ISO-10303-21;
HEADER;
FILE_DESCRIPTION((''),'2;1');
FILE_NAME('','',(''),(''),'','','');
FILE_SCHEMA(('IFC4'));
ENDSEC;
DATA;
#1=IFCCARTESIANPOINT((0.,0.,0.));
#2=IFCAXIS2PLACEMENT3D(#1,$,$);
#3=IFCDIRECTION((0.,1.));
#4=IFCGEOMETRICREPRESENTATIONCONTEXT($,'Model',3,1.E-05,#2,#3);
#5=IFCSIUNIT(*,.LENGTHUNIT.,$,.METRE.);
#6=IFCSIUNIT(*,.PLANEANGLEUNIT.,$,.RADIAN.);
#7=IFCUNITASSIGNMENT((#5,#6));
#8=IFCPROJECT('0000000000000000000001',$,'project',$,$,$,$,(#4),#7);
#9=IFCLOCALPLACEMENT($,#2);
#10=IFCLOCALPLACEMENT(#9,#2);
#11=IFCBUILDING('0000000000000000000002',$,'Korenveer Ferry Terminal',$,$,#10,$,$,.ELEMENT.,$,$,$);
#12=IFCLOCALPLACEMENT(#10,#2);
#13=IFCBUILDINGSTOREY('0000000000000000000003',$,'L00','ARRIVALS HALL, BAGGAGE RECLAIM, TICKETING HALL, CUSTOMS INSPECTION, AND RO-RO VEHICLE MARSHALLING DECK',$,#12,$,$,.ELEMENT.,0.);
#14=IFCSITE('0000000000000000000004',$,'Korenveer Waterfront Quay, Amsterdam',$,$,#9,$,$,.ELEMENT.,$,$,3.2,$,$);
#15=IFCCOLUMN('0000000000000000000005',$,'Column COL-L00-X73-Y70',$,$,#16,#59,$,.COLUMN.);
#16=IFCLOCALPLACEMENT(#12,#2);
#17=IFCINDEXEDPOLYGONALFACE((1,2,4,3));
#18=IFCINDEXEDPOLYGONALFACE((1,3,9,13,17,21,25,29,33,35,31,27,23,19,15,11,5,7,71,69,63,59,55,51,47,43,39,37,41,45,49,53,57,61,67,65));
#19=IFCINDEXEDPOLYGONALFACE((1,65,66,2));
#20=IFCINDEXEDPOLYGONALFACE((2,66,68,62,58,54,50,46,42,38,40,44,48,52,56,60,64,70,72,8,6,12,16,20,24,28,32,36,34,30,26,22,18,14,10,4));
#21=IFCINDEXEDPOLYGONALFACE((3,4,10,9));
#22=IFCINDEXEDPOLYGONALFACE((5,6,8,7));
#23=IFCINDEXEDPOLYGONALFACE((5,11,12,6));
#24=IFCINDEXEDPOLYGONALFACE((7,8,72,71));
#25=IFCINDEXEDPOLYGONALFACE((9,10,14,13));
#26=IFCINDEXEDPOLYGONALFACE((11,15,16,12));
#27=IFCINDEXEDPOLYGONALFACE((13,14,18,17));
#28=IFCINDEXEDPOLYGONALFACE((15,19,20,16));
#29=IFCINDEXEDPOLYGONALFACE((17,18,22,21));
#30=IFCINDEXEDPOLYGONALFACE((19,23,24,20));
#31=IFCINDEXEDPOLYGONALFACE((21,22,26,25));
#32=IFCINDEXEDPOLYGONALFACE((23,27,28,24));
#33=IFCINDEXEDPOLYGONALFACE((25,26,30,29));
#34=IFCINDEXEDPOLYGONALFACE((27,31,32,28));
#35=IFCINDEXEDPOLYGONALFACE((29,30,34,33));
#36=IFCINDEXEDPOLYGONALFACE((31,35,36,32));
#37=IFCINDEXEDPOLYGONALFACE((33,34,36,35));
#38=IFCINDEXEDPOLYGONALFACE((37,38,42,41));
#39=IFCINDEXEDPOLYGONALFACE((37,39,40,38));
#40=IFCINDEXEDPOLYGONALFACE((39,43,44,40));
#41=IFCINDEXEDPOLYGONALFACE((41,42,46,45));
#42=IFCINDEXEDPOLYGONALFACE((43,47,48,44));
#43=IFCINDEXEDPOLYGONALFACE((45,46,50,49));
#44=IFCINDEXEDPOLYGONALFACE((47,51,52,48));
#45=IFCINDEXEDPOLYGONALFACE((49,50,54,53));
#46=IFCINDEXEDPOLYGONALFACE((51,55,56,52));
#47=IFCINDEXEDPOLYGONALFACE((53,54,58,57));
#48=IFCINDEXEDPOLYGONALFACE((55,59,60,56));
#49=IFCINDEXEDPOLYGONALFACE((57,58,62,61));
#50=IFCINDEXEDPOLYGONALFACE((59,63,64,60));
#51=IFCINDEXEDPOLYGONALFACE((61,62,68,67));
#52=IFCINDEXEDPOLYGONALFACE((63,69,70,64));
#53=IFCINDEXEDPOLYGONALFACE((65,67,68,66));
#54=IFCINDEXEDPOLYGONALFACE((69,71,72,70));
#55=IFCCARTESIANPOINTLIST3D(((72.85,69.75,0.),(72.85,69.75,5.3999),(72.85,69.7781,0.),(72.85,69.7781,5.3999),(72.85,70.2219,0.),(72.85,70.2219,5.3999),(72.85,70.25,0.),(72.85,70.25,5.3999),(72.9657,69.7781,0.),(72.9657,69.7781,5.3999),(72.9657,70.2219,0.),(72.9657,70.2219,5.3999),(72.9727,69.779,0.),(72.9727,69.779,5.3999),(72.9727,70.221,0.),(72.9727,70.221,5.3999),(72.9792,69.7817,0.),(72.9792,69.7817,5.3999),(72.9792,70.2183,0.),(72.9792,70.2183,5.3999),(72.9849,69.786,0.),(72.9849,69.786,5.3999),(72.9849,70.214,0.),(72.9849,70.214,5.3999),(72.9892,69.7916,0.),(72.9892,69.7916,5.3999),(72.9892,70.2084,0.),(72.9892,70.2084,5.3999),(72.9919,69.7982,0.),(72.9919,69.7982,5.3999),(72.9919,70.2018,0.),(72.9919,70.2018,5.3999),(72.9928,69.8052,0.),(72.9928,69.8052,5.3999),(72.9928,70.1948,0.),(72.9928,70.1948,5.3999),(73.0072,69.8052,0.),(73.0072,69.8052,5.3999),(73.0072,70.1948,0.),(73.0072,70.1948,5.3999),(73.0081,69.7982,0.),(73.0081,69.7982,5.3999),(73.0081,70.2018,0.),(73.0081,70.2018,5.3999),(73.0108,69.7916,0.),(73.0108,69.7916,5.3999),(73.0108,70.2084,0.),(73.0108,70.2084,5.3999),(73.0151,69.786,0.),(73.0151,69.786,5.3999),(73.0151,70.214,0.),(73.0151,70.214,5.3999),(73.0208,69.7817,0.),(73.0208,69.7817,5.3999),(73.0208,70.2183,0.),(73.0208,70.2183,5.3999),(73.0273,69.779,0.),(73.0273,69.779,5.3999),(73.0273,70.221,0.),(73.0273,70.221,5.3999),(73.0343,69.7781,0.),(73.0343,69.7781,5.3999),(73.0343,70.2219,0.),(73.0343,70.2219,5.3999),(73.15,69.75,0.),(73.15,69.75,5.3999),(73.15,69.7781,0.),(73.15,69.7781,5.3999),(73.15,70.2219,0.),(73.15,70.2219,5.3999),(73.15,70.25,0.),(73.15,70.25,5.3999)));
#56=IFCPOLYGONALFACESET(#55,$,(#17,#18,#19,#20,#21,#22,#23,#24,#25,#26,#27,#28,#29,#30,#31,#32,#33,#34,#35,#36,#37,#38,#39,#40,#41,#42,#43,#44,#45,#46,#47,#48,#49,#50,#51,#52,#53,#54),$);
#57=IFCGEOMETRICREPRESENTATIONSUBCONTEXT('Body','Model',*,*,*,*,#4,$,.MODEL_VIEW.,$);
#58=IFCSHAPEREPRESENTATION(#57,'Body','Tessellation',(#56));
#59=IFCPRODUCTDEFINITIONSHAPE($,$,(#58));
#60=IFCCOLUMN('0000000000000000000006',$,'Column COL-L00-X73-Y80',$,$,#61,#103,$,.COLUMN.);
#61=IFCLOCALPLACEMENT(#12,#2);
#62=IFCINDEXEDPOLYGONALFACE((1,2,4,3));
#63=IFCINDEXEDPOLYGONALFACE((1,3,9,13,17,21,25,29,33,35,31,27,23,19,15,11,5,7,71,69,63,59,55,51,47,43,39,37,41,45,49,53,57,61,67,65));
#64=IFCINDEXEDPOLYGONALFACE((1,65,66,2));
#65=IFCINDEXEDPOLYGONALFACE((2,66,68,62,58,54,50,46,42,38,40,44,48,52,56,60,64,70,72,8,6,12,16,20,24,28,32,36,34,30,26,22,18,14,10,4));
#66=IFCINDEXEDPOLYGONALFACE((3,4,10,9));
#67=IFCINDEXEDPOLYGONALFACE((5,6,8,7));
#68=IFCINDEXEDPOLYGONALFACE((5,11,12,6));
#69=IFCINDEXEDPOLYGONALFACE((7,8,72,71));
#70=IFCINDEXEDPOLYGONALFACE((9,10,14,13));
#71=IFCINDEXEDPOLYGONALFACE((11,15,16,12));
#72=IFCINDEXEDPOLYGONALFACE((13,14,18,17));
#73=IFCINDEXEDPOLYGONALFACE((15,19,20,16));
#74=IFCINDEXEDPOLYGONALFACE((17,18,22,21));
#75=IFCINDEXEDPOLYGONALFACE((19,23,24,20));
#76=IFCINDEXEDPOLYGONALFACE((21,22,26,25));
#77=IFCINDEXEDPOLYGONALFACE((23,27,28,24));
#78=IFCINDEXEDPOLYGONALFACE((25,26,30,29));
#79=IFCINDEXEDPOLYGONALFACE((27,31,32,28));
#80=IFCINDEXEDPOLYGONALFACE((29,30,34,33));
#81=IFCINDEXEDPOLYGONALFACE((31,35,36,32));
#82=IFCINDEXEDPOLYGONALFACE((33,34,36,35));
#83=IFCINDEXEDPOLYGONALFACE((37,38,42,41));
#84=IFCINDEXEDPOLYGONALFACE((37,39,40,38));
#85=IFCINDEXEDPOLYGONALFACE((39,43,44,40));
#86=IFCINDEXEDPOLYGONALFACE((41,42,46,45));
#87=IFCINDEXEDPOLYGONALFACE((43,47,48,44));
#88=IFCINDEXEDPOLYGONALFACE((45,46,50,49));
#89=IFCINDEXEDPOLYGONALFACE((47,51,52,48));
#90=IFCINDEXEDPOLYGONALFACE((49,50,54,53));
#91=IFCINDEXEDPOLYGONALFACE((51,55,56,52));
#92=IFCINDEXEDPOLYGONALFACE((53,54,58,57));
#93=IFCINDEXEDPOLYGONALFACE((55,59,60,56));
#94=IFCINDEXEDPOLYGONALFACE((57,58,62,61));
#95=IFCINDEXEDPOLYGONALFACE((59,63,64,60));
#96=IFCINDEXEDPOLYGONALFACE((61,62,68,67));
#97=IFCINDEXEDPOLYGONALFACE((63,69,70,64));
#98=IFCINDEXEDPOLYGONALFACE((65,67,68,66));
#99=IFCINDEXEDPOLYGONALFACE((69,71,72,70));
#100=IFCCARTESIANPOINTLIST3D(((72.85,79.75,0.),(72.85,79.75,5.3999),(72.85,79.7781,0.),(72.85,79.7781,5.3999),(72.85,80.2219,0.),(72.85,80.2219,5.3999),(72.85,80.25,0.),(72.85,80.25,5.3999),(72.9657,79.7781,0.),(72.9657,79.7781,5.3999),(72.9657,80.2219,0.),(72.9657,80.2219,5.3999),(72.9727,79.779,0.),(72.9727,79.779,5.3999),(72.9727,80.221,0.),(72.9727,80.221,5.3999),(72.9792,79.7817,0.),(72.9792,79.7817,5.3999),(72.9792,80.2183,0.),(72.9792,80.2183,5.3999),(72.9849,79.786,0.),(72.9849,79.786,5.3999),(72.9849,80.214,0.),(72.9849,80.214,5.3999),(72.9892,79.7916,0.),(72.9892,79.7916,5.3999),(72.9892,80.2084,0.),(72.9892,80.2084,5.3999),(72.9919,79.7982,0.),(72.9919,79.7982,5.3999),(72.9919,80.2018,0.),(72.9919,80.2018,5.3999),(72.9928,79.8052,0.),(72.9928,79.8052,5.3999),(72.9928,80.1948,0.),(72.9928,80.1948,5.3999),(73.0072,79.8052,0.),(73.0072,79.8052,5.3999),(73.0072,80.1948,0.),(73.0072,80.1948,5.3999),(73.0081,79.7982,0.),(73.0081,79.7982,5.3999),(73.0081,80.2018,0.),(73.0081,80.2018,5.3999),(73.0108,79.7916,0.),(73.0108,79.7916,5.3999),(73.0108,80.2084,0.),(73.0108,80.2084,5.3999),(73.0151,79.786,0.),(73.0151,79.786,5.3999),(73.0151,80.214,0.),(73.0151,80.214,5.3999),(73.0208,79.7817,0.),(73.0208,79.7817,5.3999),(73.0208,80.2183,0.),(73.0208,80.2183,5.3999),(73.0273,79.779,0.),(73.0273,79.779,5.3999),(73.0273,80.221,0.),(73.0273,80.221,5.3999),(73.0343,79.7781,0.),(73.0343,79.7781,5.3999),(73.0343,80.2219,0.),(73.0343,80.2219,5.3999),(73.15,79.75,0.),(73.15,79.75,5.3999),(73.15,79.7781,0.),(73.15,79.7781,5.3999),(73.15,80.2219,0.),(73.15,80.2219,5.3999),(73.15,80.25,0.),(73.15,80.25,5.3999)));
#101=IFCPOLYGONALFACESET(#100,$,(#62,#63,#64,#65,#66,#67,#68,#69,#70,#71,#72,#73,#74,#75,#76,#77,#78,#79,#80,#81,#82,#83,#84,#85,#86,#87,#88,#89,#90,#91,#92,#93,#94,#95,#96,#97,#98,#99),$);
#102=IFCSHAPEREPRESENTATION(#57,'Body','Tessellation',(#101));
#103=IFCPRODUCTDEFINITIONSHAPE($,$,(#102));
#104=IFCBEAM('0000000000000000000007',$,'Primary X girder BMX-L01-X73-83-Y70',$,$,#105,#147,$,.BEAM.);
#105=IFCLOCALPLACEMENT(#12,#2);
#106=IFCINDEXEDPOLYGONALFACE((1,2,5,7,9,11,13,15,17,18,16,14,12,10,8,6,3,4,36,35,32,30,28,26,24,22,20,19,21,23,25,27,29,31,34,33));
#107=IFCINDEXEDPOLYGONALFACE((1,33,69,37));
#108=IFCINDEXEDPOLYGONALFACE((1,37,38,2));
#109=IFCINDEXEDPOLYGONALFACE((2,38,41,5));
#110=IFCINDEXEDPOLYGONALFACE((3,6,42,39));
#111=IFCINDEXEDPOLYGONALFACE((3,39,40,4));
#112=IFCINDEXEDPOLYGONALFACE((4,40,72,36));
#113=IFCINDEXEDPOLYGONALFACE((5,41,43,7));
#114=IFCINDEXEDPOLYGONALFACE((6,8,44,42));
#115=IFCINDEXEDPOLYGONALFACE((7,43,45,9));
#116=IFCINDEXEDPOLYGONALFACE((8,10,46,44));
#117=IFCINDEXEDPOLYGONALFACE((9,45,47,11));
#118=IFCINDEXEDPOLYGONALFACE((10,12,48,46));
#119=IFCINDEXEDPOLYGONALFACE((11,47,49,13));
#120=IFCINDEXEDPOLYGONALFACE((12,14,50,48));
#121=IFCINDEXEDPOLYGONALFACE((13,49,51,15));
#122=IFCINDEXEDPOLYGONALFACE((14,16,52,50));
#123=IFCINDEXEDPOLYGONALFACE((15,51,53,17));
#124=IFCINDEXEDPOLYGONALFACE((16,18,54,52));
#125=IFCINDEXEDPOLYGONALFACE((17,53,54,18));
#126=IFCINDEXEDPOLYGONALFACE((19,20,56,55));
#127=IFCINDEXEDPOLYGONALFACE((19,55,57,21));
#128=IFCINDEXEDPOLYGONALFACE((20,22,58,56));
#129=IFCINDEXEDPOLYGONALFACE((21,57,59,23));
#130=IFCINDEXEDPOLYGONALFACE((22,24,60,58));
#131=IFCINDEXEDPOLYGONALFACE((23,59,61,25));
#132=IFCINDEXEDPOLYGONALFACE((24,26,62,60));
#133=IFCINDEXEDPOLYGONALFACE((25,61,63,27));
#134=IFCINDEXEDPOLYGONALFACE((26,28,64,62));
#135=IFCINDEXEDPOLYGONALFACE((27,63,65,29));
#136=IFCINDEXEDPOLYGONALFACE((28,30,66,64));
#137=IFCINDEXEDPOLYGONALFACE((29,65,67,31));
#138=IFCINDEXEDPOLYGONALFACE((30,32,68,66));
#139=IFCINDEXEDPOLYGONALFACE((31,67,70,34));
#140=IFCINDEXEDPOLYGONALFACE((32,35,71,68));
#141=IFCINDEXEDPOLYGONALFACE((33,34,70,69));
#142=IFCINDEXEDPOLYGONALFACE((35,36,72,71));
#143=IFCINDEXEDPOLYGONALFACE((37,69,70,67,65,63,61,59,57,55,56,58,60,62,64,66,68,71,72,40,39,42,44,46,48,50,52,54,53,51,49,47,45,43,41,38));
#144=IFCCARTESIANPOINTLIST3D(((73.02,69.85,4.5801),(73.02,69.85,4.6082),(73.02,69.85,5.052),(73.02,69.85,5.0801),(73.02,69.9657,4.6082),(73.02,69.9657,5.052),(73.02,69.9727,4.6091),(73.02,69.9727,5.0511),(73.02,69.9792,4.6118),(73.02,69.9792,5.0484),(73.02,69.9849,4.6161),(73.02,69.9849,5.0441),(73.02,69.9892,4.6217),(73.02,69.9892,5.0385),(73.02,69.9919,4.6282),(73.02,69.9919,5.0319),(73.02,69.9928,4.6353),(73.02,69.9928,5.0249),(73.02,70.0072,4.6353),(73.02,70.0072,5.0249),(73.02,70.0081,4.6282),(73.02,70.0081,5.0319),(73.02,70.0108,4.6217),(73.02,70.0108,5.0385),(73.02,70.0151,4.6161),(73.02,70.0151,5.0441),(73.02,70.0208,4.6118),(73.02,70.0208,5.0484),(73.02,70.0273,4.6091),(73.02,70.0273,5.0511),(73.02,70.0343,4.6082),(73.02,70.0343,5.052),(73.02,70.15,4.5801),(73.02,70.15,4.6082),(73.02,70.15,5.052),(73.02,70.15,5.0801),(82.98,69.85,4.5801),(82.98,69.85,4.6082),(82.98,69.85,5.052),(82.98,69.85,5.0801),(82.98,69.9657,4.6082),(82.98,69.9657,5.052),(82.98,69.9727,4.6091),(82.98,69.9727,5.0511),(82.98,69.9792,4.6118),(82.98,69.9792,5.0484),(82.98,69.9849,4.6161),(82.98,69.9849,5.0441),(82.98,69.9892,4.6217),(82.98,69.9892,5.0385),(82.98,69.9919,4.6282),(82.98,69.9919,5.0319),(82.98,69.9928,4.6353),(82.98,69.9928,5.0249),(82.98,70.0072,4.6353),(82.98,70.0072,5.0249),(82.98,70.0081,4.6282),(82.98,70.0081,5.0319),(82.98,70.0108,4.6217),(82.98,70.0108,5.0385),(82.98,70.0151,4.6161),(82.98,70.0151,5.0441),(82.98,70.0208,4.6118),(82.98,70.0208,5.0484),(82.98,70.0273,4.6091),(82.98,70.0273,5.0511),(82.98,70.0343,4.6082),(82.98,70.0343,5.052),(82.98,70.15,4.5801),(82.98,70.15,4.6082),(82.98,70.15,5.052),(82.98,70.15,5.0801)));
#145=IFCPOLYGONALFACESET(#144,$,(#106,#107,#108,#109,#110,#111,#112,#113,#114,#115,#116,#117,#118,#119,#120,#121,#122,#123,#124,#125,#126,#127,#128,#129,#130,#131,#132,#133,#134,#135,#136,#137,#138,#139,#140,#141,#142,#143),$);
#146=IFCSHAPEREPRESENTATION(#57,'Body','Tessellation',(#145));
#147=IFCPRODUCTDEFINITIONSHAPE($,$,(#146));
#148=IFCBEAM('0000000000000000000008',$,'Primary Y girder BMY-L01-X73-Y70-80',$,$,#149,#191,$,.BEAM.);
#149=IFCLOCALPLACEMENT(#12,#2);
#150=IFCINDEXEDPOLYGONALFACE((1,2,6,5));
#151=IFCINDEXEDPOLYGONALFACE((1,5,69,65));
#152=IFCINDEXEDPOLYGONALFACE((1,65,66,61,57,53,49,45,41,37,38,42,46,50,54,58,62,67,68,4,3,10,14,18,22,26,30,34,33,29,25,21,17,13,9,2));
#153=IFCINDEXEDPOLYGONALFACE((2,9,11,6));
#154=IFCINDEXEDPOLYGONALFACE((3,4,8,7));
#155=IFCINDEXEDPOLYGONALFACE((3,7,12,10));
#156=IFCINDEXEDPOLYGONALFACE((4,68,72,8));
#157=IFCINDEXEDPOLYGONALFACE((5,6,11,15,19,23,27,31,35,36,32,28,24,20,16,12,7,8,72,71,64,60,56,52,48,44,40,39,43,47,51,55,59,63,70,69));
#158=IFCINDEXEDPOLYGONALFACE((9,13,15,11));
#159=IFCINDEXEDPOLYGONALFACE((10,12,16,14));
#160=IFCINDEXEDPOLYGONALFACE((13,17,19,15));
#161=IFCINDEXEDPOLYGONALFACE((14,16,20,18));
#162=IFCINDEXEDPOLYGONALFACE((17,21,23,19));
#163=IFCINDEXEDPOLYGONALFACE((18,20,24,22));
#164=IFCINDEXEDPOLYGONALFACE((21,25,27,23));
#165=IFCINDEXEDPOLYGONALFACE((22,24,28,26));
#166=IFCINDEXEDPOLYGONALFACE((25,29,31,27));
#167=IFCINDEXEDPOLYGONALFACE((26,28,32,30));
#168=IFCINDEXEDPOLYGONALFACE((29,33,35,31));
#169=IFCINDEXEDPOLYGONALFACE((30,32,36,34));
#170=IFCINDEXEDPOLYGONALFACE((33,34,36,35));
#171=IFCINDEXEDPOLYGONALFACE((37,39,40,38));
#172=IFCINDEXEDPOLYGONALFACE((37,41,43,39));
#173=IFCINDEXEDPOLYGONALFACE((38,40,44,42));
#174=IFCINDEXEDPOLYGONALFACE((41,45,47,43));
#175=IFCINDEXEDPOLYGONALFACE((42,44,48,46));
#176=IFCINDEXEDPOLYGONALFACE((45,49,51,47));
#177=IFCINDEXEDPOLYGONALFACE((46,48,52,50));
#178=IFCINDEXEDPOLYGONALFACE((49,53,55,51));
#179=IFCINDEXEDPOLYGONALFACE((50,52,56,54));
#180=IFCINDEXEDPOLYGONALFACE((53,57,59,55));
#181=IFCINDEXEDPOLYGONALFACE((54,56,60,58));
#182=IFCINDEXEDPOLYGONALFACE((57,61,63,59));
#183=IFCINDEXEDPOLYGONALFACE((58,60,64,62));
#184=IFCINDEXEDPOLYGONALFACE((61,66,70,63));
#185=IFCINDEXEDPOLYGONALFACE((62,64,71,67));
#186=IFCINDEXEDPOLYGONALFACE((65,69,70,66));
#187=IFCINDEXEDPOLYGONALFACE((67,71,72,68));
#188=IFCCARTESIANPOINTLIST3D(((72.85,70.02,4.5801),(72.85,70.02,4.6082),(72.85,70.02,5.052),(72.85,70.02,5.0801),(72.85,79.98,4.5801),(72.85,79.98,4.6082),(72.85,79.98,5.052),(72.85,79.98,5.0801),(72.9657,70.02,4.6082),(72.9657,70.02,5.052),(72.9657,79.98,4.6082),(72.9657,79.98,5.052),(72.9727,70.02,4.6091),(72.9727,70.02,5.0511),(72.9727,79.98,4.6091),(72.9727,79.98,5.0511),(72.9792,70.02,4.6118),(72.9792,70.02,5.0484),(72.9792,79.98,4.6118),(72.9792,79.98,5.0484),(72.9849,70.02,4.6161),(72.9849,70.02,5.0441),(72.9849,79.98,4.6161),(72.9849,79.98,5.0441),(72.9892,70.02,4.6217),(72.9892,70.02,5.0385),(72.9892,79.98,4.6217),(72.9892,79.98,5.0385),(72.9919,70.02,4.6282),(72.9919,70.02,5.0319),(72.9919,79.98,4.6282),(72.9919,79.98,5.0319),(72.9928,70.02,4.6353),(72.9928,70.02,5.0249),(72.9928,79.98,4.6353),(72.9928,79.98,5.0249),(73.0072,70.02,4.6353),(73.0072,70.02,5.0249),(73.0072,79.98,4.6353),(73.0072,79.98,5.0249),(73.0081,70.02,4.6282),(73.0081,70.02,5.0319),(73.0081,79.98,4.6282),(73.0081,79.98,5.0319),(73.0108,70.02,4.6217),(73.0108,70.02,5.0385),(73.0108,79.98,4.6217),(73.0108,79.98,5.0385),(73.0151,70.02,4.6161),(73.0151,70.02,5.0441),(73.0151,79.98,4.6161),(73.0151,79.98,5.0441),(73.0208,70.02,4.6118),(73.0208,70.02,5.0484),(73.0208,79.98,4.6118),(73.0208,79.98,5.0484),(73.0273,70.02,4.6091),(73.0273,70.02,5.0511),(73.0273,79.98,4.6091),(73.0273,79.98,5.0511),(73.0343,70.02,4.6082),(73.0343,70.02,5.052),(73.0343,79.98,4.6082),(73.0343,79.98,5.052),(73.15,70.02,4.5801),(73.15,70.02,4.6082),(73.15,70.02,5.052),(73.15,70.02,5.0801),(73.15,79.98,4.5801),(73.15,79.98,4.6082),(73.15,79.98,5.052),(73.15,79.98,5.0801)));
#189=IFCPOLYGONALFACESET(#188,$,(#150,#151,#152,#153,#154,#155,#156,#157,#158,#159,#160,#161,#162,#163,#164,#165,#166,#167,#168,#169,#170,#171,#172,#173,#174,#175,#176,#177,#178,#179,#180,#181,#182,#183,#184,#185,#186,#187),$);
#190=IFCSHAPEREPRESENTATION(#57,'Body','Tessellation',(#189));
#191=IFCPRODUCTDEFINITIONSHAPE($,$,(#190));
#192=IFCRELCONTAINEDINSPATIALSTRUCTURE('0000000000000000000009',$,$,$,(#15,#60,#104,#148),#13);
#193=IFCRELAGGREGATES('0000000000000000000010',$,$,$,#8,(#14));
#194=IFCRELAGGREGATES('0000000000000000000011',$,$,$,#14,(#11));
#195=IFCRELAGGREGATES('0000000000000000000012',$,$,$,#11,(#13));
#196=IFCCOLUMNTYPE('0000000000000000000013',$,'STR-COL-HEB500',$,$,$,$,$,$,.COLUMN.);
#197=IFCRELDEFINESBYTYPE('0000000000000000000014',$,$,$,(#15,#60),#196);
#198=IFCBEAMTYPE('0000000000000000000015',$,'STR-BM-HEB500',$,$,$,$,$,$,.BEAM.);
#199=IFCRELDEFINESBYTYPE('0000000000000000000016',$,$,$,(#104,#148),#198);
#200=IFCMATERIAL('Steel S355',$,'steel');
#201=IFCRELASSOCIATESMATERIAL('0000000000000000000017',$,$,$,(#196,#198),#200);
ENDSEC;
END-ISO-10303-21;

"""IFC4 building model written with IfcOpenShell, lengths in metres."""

from ifc_helpers import new_model, si_unit, direction, frame, origin, origin_2d, place, context, subcontext, project, spatial, i_section, extrude, material, material_profile, profile_set, type_object, element, save


model = new_model("IFC4")

# Units and contexts
model_context = context("Model", 3, precision=1e-05, world=origin(), true_north=direction((0.0, 1.0)))
body_context = subcontext(model_context, "Body", "Model", "MODEL_VIEW")
ifc_project = project(units=[si_unit("LENGTHUNIT", "METRE"), si_unit("PLANEANGLEUNIT", "RADIAN")], contexts=[model_context])

# Site, building, storey
site_placement = place(None, origin())
site = spatial("IfcSite", under=ifc_project, at=site_placement, Name="Korenveer Waterfront Quay, Amsterdam", CompositionType="ELEMENT", RefElevation=3.2)
building_placement = place(site_placement, origin())
building = spatial("IfcBuilding", under=site, at=building_placement, Name="Korenveer Ferry Terminal", CompositionType="ELEMENT")
storey_placement = place(building_placement, origin())
storey = spatial("IfcBuildingStorey", under=building, at=storey_placement, Name="L00", Description="ARRIVALS HALL, BAGGAGE RECLAIM, TICKETING HALL, CUSTOMS INSPECTION, AND RO-RO VEHICLE MARSHALLING DECK", CompositionType="ELEMENT", Elevation=0.0)

# Columns
ifc_material_1 = material(Name="Steel S355", Category="steel")
ifc_material_profile_1 = material_profile(ifc_material_1, i_section(OverallWidth=0.3, OverallDepth=0.5, WebThickness=0.0144, FlangeThickness=0.0281, FilletRadius=0.0271, at=origin_2d()), Name="HEB 500")
ifc_profile_set_1 = profile_set([ifc_material_profile_1], Name="Steel S355")
column_type = type_object("IfcColumnType", Name="STR-COL-HEB500", PredefinedType="COLUMN", material=ifc_profile_set_1)
for number, where, z_axis, x_axis, name in (
    (1, (73.0, 70.0, 0.0), (0.0, 0.0, 1.0), (1.0, 0.0, 0.0), "Column COL-L00-X73-Y70"),
    (2, (73.0, 80.0, 0.0), (0.0, 0.0, 1.0), (1.0, 0.0, 0.0), "Column COL-L00-X73-Y80"),
):
    element("IfcColumn", number, at=place(storey_placement, frame(where, z_axis=z_axis, x_axis=x_axis)), inside=storey, type_object=column_type, Name=name, PredefinedType="COLUMN", context=body_context, shape_type="SweptSolid", body=[
        extrude(i_section(OverallWidth=0.3, OverallDepth=0.5, WebThickness=0.0144, FlangeThickness=0.0281, FilletRadius=0.0271, at=origin_2d()), origin(), (0.0, 0.0, 1.0), 5.3999),
    ])

# Beams
ifc_material_profile_2 = material_profile(ifc_material_1, i_section(OverallWidth=0.3, OverallDepth=0.5, WebThickness=0.0144, FlangeThickness=0.0281, FilletRadius=0.0271, at=origin_2d()), Name="HEB 500")
ifc_profile_set_2 = profile_set([ifc_material_profile_2], Name="Steel S355")
beam_type_1 = type_object("IfcBeamType", Name="STR-BM-HEB500", PredefinedType="BEAM", material=ifc_profile_set_2)
for number, where, z_axis, x_axis, name in (
    (3, (73.02, 70.0, 4.8301), (1.0, 0.0, 0.0), (0.0, 1.0, 0.0), "Primary X girder BMX-L01-X73-83-Y70"),
    (4, (73.0, 70.02, 4.8301), (0.0, 1.0, 0.0), (-1.0, 0.0, 0.0), "Primary Y girder BMY-L01-X73-Y70-80"),
):
    element("IfcBeam", number, at=place(storey_placement, frame(where, z_axis=z_axis, x_axis=x_axis)), inside=storey, type_object=beam_type_1, Name=name, PredefinedType="BEAM", context=body_context, shape_type="SweptSolid", body=[
        extrude(i_section(OverallWidth=0.3, OverallDepth=0.5, WebThickness=0.0144, FlangeThickness=0.0281, FilletRadius=0.0271, at=origin_2d()), origin(), (0.0, 0.0, 1.0), 9.96),
    ])

save(model, "model.ifc")
